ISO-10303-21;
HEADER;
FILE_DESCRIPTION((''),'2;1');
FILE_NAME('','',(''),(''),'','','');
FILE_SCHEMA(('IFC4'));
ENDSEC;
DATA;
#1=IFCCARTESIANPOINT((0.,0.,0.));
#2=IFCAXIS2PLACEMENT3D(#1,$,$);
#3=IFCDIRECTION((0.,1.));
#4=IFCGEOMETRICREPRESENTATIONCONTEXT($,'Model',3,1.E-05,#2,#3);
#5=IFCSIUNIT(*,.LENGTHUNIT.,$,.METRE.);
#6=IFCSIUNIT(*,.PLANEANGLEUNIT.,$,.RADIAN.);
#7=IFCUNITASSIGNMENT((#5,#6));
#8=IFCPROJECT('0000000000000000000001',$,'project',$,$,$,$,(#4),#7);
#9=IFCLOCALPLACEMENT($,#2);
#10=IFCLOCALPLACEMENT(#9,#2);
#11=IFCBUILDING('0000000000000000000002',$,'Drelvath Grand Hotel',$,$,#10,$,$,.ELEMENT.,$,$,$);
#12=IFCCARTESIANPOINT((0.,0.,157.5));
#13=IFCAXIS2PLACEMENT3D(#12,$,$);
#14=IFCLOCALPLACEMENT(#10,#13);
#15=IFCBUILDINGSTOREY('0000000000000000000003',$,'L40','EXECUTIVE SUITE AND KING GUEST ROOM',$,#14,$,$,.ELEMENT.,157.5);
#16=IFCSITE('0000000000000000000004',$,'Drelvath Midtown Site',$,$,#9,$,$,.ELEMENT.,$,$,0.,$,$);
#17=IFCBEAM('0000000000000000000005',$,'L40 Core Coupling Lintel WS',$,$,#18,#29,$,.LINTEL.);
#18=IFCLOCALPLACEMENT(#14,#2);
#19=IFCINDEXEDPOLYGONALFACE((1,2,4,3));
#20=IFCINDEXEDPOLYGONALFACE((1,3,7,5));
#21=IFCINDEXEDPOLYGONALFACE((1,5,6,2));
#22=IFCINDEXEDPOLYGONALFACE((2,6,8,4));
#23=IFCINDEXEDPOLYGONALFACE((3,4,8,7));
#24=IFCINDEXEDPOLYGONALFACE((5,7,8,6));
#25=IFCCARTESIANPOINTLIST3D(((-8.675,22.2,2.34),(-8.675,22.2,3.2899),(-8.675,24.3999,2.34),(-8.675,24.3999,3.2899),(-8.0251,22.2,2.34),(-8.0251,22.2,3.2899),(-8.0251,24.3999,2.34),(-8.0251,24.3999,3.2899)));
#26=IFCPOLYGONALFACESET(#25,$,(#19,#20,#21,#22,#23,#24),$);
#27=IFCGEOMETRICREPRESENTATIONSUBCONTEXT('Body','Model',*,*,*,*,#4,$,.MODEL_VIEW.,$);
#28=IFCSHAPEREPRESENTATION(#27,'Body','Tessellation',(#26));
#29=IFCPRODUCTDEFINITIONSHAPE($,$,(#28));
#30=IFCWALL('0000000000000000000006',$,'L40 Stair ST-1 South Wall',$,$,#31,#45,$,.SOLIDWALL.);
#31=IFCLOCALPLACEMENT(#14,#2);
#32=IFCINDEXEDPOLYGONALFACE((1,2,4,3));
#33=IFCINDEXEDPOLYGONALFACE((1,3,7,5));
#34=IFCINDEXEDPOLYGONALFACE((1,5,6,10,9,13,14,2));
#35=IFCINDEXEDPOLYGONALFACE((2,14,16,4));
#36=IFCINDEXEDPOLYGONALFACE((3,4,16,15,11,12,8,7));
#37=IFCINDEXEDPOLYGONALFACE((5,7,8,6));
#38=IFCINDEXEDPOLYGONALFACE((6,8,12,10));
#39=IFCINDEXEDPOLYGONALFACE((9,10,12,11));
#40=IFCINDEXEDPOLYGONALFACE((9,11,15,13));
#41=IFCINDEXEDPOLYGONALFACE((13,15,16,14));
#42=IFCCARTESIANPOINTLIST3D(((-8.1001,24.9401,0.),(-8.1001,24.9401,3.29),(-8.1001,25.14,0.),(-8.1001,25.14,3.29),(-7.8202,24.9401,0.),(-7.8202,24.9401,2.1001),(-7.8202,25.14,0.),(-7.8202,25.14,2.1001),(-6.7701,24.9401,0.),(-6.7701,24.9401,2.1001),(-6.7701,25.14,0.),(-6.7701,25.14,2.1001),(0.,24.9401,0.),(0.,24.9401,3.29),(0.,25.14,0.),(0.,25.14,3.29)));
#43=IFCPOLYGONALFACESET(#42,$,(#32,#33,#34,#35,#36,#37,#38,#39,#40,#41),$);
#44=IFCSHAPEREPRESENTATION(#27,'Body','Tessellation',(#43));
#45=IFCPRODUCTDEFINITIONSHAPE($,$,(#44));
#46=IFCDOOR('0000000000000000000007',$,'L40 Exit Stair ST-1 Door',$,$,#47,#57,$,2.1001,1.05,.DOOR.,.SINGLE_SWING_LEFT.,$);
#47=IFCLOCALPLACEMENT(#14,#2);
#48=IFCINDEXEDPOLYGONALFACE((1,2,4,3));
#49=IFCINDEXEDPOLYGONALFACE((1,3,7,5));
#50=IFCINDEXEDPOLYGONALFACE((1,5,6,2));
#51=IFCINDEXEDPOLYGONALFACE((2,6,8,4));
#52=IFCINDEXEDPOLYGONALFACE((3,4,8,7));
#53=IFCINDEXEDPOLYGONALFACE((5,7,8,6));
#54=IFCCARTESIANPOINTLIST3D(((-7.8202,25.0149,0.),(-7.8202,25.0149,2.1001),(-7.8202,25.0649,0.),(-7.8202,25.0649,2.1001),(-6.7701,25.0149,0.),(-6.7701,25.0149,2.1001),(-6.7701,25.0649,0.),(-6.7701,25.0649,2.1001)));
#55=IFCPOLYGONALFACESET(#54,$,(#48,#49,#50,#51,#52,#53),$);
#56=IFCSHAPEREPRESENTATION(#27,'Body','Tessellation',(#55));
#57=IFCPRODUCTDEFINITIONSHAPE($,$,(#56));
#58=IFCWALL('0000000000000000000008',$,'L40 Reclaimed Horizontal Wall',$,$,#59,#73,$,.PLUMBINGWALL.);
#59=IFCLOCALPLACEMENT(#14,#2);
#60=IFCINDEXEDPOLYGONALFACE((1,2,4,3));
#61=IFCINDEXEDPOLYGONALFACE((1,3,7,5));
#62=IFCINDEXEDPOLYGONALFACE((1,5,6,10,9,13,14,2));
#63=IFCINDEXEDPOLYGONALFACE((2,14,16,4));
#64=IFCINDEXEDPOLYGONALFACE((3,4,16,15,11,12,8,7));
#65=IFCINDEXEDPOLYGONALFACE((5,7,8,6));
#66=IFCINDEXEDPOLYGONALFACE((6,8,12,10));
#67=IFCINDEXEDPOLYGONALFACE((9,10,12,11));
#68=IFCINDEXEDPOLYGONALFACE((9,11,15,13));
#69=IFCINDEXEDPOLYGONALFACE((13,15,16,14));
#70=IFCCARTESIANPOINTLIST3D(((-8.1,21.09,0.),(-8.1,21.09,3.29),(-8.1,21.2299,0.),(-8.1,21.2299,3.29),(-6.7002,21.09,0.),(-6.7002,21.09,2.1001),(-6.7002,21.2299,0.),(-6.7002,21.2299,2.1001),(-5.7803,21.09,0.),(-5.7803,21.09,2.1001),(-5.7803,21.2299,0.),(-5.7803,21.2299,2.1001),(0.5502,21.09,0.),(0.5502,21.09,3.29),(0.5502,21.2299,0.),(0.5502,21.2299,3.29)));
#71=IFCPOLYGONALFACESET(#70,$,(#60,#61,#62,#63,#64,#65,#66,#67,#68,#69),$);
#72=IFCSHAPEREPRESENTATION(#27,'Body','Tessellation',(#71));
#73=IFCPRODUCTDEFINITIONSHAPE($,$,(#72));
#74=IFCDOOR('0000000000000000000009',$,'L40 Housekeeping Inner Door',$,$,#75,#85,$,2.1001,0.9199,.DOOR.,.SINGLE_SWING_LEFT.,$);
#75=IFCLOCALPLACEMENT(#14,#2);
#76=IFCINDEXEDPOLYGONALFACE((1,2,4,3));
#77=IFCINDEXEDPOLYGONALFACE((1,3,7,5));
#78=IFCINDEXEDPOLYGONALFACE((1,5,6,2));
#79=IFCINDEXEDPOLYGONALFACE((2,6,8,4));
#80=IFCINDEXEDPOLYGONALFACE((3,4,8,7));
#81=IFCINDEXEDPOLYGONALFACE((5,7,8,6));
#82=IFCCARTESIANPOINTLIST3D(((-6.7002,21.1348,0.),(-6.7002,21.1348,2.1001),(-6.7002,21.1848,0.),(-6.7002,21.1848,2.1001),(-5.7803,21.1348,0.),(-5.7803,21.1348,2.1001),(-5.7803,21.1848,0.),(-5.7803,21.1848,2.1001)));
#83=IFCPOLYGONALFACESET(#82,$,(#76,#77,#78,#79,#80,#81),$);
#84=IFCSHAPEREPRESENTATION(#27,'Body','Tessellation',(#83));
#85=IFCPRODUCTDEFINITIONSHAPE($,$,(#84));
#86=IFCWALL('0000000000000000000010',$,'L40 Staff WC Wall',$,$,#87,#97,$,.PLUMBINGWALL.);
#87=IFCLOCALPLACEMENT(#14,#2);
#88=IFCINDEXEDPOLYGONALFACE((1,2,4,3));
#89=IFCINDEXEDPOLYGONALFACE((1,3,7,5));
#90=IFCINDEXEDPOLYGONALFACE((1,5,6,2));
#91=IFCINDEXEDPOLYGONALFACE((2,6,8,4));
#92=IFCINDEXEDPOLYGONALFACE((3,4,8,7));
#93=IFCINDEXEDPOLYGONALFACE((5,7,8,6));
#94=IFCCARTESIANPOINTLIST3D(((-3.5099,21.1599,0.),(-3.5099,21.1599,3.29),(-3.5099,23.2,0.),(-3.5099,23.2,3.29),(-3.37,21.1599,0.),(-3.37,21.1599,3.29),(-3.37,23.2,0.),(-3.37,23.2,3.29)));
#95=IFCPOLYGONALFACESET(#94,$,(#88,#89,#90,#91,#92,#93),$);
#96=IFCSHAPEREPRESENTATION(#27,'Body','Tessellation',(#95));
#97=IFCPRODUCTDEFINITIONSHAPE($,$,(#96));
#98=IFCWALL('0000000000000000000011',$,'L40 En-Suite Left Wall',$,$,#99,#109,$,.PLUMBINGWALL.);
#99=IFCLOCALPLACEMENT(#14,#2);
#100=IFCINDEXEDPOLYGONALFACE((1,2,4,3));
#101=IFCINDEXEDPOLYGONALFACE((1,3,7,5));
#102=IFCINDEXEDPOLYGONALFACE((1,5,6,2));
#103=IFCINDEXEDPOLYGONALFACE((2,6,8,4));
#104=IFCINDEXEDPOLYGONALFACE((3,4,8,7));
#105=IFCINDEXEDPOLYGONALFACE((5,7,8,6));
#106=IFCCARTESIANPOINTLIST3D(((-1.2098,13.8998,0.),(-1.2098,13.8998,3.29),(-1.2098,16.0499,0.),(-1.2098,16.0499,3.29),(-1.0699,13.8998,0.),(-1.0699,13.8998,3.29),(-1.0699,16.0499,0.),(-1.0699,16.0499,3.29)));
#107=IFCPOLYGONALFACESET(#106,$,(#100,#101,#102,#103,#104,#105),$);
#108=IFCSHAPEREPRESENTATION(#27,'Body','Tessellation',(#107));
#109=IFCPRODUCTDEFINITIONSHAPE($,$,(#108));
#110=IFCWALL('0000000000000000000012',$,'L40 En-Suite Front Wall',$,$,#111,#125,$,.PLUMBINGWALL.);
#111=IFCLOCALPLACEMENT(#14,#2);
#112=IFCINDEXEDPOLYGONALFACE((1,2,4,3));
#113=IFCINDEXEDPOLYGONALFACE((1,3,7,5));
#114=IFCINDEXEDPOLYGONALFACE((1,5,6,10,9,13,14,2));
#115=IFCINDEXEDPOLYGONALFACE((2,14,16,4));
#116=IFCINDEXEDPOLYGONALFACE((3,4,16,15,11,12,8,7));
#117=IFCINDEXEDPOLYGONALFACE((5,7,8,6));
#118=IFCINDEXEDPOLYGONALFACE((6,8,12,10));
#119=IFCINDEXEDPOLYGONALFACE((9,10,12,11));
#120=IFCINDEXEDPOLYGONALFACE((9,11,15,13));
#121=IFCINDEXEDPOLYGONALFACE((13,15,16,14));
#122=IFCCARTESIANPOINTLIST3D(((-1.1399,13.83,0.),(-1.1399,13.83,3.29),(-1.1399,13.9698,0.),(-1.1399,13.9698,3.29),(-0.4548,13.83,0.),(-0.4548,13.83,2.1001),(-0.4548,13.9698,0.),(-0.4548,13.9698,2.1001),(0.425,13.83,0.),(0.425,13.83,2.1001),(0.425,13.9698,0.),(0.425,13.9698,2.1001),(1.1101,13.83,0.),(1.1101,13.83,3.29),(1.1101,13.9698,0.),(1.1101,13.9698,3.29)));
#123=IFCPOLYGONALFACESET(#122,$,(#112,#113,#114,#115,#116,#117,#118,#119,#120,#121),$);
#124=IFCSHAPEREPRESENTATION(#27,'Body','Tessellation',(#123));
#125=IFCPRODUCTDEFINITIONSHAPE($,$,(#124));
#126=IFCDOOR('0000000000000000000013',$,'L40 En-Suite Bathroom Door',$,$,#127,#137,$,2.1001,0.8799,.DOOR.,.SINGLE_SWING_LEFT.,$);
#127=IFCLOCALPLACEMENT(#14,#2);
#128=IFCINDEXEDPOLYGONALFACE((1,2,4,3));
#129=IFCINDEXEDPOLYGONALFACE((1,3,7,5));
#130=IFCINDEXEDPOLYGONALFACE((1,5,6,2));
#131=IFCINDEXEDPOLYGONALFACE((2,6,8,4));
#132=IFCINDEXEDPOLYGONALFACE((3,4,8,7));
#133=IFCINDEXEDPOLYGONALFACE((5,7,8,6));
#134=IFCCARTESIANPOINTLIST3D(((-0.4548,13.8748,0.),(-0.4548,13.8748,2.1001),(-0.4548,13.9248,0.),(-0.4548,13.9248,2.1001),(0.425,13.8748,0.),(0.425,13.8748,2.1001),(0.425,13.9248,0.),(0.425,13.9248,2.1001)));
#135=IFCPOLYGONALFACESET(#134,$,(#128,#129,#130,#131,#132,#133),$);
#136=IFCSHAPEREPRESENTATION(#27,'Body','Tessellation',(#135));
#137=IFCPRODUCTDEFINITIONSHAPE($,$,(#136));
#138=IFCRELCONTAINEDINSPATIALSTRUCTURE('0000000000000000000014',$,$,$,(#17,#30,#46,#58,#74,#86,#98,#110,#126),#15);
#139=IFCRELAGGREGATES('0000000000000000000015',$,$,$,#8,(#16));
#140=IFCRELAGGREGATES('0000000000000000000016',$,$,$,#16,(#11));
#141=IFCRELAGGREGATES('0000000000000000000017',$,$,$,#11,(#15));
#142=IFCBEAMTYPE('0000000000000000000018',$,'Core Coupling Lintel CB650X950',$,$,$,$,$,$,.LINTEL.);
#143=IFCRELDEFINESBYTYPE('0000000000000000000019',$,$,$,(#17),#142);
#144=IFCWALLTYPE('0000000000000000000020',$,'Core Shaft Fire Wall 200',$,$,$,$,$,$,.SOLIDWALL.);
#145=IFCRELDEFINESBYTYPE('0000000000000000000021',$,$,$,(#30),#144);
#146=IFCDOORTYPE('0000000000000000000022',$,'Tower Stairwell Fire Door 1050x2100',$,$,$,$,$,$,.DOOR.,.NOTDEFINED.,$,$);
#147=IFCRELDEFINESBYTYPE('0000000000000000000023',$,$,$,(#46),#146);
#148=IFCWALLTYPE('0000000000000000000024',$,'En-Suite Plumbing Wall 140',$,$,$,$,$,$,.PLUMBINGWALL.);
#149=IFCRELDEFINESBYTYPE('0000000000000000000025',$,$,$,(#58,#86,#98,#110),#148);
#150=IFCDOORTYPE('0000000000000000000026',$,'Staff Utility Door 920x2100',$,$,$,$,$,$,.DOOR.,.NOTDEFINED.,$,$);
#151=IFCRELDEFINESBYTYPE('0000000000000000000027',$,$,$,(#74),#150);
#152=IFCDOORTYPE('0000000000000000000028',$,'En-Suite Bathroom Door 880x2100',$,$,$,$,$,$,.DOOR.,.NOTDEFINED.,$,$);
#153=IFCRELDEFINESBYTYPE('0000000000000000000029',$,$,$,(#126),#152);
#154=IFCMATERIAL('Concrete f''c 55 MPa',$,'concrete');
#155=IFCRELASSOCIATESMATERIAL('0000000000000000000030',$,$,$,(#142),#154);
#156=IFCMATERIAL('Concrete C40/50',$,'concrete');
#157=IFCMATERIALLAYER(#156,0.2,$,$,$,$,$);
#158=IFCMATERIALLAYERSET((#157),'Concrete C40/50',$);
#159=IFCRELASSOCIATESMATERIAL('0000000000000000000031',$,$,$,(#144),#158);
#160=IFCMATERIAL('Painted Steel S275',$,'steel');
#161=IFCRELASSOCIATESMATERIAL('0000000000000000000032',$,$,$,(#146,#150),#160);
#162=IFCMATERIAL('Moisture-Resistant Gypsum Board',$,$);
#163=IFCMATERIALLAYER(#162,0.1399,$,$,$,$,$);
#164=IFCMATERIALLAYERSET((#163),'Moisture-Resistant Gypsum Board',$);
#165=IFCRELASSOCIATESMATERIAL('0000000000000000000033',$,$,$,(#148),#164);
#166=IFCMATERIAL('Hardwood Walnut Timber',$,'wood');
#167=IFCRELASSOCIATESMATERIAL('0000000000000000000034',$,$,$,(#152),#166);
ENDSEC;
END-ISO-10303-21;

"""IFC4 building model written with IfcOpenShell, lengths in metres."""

from ifc_helpers import new_model, si_unit, direction, frame, frame_2d, origin, origin_2d, place, context, subcontext, project, spatial, rectangle, extrude, material, layer, layer_set, material_profile, profile_set, type_object, element, fill, save


model = new_model("IFC4")

# Units and contexts
model_context = context("Model", 3, precision=1e-05, world=origin(), true_north=direction((0.0, 1.0)))
body_context = subcontext(model_context, "Body", "Model", "MODEL_VIEW")
ifc_project = project(units=[si_unit("LENGTHUNIT", "METRE"), si_unit("PLANEANGLEUNIT", "RADIAN")], contexts=[model_context])

# Site, building, storey
site_placement = place(None, origin())
site = spatial("IfcSite", under=ifc_project, at=site_placement, Name="Drelvath Midtown Site", CompositionType="ELEMENT", RefElevation=0.0)
building_placement = place(site_placement, origin())
building = spatial("IfcBuilding", under=site, at=building_placement, Name="Drelvath Grand Hotel", CompositionType="ELEMENT")
storey_placement = place(building_placement, frame((0.0, 0.0, 157.5)))
storey = spatial("IfcBuildingStorey", under=building, at=storey_placement, Name="L40", Description="EXECUTIVE SUITE AND KING GUEST ROOM", CompositionType="ELEMENT", Elevation=157.5)

# Beam
ifc_material_1 = material(Name="Concrete f'c 55 MPa", Category="concrete")
ifc_material_profile = material_profile(ifc_material_1, rectangle(XDim=0.6499, YDim=0.95, at=origin_2d()), Name="CB650X950")
ifc_profile_set = profile_set([ifc_material_profile], Name="Concrete f'c 55 MPa")
beam_type = type_object("IfcBeamType", Name="Core Coupling Lintel CB650X950", PredefinedType="LINTEL", material=ifc_profile_set)
beam_placement = place(storey_placement, frame((-8.3501, 22.2, 2.8149), z_axis=(0.0, 1.0, 0.0), x_axis=(-1.0, 0.0, 0.0)))
element("IfcBeam", 1, at=beam_placement, inside=storey, type_object=beam_type, Name="L40 Core Coupling Lintel WS", PredefinedType="LINTEL", context=body_context, shape_type="SweptSolid", body=[
    extrude(rectangle(XDim=0.6499, YDim=0.95, at=origin_2d()), origin(), (0.0, 0.0, 1.0), 2.2),
])

# Walls, openings, doors
ifc_material_2 = material(Name="Concrete C40/50", Category="concrete")
ifc_layer_1 = layer(ifc_material_2, 0.2)
ifc_layer_set_1 = layer_set([ifc_layer_1], Name="Concrete C40/50")
wall_type_1 = type_object("IfcWallType", Name="Core Shaft Fire Wall 200", PredefinedType="SOLIDWALL", material=ifc_layer_set_1)
wall_1_placement = place(storey_placement, frame((-8.1001, 25.04, 0.0), z_axis=(0.0, 0.0, 1.0), x_axis=(1.0, 0.0, 0.0)))
wall_1 = element("IfcWall", 2, at=wall_1_placement, inside=storey, type_object=wall_type_1, Name="L40 Stair ST-1 South Wall", PredefinedType="SOLIDWALL", context=body_context, shape_type="SweptSolid", body=[
    extrude(rectangle(XDim=8.1001, YDim=0.2, at=frame_2d((4.05, 0.0))), origin(), (0.0, 0.0, 1.0), 3.29),
])
opening_1_placement = place(wall_1_placement, frame((0.28, 0.0, 0.0)))
opening_1 = element("IfcOpeningElement", 3, at=opening_1_placement, cuts=wall_1, PredefinedType="OPENING", context=body_context, shape_type="SweptSolid", body=[
    extrude(rectangle(XDim=1.05, YDim=2.1001, at=frame_2d((0.5249, 1.05))), frame((0.0, 0.1099, 0.0), z_axis=(0.0, -1.0, 0.0), x_axis=(1.0, 0.0, 0.0)), (0.0, 0.0, 1.0), 0.22),
])
ifc_material_3 = material(Name="Painted Steel S275", Category="steel")
door_type_1 = type_object("IfcDoorType", Name="Tower Stairwell Fire Door 1050x2100", OperationType="NOTDEFINED", PredefinedType="DOOR", material=ifc_material_3)
door_1_placement = place(opening_1_placement, origin())
door_1 = element("IfcDoor", 4, at=door_1_placement, inside=storey, type_object=door_type_1, Name="L40 Exit Stair ST-1 Door", OperationType="SINGLE_SWING_LEFT", OverallHeight=2.1001, OverallWidth=1.05, PredefinedType="DOOR", context=body_context, shape_type="SweptSolid", body=[
    extrude(rectangle(XDim=1.05, YDim=2.1001, at=frame_2d((0.5249, 1.05))), frame((0.0, 0.0249, 0.0), z_axis=(0.0, -1.0, 0.0), x_axis=(1.0, 0.0, 0.0)), (0.0, 0.0, 1.0), 0.05),
])
fill(opening_1, door_1)
ifc_material_4 = material(Name="Moisture-Resistant Gypsum Board")
ifc_layer_2 = layer(ifc_material_4, 0.1399)
ifc_layer_set_2 = layer_set([ifc_layer_2], Name="Moisture-Resistant Gypsum Board")
wall_type_2 = type_object("IfcWallType", Name="En-Suite Plumbing Wall 140", PredefinedType="PLUMBINGWALL", material=ifc_layer_set_2)
wall_2_placement = place(storey_placement, frame((-8.1001, 21.1599, 0.0), z_axis=(0.0, 0.0, 1.0), x_axis=(1.0, 0.0, 0.0)))
wall_2 = element("IfcWall", 5, at=wall_2_placement, inside=storey, type_object=wall_type_2, Name="L40 Reclaimed Horizontal Wall", PredefinedType="PLUMBINGWALL", context=body_context, shape_type="SweptSolid", body=[
    extrude(rectangle(XDim=8.6501, YDim=0.1399, at=frame_2d((4.3252, 0.0))), origin(), (0.0, 0.0, 1.0), 3.29),
])
opening_2_placement = place(wall_2_placement, frame((1.3999, 0.0, 0.0)))
opening_2 = element("IfcOpeningElement", 6, at=opening_2_placement, cuts=wall_2, PredefinedType="OPENING", context=body_context, shape_type="SweptSolid", body=[
    extrude(rectangle(XDim=0.9199, YDim=2.1001, at=frame_2d((0.46, 1.05))), frame((0.0, 0.0798, 0.0), z_axis=(0.0, -1.0, 0.0), x_axis=(1.0, 0.0, 0.0)), (0.0, 0.0, 1.0), 0.1599),
])
door_type_2 = type_object("IfcDoorType", Name="Staff Utility Door 920x2100", OperationType="NOTDEFINED", PredefinedType="DOOR", material=ifc_material_3)
door_2_placement = place(opening_2_placement, origin())
door_2 = element("IfcDoor", 7, at=door_2_placement, inside=storey, type_object=door_type_2, Name="L40 Housekeeping Inner Door", OperationType="SINGLE_SWING_LEFT", OverallHeight=2.1001, OverallWidth=0.9199, PredefinedType="DOOR", context=body_context, shape_type="SweptSolid", body=[
    extrude(rectangle(XDim=0.9199, YDim=2.1001, at=frame_2d((0.46, 1.05))), frame((0.0, 0.0249, 0.0), z_axis=(0.0, -1.0, 0.0), x_axis=(1.0, 0.0, 0.0)), (0.0, 0.0, 1.0), 0.05),
])
fill(opening_2, door_2)

# Walls
wall_3_placement = place(storey_placement, frame((-3.4399, 21.1599, 0.0), z_axis=(0.0, 0.0, 1.0), x_axis=(0.0, 1.0, 0.0)))
element("IfcWall", 8, at=wall_3_placement, inside=storey, type_object=wall_type_2, Name="L40 Staff WC Wall", PredefinedType="PLUMBINGWALL", context=body_context, shape_type="SweptSolid", body=[
    extrude(rectangle(XDim=2.04, YDim=0.1399, at=frame_2d((1.02, 0.0))), origin(), (0.0, 0.0, 1.0), 3.29),
])
wall_4_placement = place(storey_placement, frame((-1.1399, 16.05, 0.0), z_axis=(0.0, 0.0, 1.0), x_axis=(0.0, -1.0, 0.0)))
element("IfcWall", 9, at=wall_4_placement, inside=storey, type_object=wall_type_2, Name="L40 En-Suite Left Wall", PredefinedType="PLUMBINGWALL", context=body_context, shape_type="SweptSolid", body=[
    extrude(rectangle(XDim=2.1501, YDim=0.1399, at=frame_2d((1.0752, 0.0))), origin(), (0.0, 0.0, 1.0), 3.29),
])

# Wall, opening, door
wall_5_placement = place(storey_placement, frame((-1.1399, 13.8999, 0.0), z_axis=(0.0, 0.0, 1.0), x_axis=(1.0, 0.0, 0.0)))
wall_5 = element("IfcWall", 10, at=wall_5_placement, inside=storey, type_object=wall_type_2, Name="L40 En-Suite Front Wall", PredefinedType="PLUMBINGWALL", context=body_context, shape_type="SweptSolid", body=[
    extrude(rectangle(XDim=2.25, YDim=0.1399, at=frame_2d((1.125, 0.0))), origin(), (0.0, 0.0, 1.0), 3.29),
])
opening_3_placement = place(wall_5_placement, frame((0.6851, 0.0, 0.0)))
opening_3 = element("IfcOpeningElement", 11, at=opening_3_placement, cuts=wall_5, PredefinedType="OPENING", context=body_context, shape_type="SweptSolid", body=[
    extrude(rectangle(XDim=0.8799, YDim=2.1001, at=frame_2d((0.4399, 1.05))), frame((0.0, 0.0798, 0.0), z_axis=(0.0, -1.0, 0.0), x_axis=(1.0, 0.0, 0.0)), (0.0, 0.0, 1.0), 0.1599),
])
ifc_material_5 = material(Name="Hardwood Walnut Timber", Category="wood")
door_type_3 = type_object("IfcDoorType", Name="En-Suite Bathroom Door 880x2100", OperationType="NOTDEFINED", PredefinedType="DOOR", material=ifc_material_5)
door_3_placement = place(opening_3_placement, origin())
door_3 = element("IfcDoor", 12, at=door_3_placement, inside=storey, type_object=door_type_3, Name="L40 En-Suite Bathroom Door", OperationType="SINGLE_SWING_LEFT", OverallHeight=2.1001, OverallWidth=0.8799, PredefinedType="DOOR", context=body_context, shape_type="SweptSolid", body=[
    extrude(rectangle(XDim=0.8799, YDim=2.1001, at=frame_2d((0.4399, 1.05))), frame((0.0, 0.0249, 0.0), z_axis=(0.0, -1.0, 0.0), x_axis=(1.0, 0.0, 0.0)), (0.0, 0.0, 1.0), 0.05),
])
fill(opening_3, door_3)

save(model, "model.ifc")
